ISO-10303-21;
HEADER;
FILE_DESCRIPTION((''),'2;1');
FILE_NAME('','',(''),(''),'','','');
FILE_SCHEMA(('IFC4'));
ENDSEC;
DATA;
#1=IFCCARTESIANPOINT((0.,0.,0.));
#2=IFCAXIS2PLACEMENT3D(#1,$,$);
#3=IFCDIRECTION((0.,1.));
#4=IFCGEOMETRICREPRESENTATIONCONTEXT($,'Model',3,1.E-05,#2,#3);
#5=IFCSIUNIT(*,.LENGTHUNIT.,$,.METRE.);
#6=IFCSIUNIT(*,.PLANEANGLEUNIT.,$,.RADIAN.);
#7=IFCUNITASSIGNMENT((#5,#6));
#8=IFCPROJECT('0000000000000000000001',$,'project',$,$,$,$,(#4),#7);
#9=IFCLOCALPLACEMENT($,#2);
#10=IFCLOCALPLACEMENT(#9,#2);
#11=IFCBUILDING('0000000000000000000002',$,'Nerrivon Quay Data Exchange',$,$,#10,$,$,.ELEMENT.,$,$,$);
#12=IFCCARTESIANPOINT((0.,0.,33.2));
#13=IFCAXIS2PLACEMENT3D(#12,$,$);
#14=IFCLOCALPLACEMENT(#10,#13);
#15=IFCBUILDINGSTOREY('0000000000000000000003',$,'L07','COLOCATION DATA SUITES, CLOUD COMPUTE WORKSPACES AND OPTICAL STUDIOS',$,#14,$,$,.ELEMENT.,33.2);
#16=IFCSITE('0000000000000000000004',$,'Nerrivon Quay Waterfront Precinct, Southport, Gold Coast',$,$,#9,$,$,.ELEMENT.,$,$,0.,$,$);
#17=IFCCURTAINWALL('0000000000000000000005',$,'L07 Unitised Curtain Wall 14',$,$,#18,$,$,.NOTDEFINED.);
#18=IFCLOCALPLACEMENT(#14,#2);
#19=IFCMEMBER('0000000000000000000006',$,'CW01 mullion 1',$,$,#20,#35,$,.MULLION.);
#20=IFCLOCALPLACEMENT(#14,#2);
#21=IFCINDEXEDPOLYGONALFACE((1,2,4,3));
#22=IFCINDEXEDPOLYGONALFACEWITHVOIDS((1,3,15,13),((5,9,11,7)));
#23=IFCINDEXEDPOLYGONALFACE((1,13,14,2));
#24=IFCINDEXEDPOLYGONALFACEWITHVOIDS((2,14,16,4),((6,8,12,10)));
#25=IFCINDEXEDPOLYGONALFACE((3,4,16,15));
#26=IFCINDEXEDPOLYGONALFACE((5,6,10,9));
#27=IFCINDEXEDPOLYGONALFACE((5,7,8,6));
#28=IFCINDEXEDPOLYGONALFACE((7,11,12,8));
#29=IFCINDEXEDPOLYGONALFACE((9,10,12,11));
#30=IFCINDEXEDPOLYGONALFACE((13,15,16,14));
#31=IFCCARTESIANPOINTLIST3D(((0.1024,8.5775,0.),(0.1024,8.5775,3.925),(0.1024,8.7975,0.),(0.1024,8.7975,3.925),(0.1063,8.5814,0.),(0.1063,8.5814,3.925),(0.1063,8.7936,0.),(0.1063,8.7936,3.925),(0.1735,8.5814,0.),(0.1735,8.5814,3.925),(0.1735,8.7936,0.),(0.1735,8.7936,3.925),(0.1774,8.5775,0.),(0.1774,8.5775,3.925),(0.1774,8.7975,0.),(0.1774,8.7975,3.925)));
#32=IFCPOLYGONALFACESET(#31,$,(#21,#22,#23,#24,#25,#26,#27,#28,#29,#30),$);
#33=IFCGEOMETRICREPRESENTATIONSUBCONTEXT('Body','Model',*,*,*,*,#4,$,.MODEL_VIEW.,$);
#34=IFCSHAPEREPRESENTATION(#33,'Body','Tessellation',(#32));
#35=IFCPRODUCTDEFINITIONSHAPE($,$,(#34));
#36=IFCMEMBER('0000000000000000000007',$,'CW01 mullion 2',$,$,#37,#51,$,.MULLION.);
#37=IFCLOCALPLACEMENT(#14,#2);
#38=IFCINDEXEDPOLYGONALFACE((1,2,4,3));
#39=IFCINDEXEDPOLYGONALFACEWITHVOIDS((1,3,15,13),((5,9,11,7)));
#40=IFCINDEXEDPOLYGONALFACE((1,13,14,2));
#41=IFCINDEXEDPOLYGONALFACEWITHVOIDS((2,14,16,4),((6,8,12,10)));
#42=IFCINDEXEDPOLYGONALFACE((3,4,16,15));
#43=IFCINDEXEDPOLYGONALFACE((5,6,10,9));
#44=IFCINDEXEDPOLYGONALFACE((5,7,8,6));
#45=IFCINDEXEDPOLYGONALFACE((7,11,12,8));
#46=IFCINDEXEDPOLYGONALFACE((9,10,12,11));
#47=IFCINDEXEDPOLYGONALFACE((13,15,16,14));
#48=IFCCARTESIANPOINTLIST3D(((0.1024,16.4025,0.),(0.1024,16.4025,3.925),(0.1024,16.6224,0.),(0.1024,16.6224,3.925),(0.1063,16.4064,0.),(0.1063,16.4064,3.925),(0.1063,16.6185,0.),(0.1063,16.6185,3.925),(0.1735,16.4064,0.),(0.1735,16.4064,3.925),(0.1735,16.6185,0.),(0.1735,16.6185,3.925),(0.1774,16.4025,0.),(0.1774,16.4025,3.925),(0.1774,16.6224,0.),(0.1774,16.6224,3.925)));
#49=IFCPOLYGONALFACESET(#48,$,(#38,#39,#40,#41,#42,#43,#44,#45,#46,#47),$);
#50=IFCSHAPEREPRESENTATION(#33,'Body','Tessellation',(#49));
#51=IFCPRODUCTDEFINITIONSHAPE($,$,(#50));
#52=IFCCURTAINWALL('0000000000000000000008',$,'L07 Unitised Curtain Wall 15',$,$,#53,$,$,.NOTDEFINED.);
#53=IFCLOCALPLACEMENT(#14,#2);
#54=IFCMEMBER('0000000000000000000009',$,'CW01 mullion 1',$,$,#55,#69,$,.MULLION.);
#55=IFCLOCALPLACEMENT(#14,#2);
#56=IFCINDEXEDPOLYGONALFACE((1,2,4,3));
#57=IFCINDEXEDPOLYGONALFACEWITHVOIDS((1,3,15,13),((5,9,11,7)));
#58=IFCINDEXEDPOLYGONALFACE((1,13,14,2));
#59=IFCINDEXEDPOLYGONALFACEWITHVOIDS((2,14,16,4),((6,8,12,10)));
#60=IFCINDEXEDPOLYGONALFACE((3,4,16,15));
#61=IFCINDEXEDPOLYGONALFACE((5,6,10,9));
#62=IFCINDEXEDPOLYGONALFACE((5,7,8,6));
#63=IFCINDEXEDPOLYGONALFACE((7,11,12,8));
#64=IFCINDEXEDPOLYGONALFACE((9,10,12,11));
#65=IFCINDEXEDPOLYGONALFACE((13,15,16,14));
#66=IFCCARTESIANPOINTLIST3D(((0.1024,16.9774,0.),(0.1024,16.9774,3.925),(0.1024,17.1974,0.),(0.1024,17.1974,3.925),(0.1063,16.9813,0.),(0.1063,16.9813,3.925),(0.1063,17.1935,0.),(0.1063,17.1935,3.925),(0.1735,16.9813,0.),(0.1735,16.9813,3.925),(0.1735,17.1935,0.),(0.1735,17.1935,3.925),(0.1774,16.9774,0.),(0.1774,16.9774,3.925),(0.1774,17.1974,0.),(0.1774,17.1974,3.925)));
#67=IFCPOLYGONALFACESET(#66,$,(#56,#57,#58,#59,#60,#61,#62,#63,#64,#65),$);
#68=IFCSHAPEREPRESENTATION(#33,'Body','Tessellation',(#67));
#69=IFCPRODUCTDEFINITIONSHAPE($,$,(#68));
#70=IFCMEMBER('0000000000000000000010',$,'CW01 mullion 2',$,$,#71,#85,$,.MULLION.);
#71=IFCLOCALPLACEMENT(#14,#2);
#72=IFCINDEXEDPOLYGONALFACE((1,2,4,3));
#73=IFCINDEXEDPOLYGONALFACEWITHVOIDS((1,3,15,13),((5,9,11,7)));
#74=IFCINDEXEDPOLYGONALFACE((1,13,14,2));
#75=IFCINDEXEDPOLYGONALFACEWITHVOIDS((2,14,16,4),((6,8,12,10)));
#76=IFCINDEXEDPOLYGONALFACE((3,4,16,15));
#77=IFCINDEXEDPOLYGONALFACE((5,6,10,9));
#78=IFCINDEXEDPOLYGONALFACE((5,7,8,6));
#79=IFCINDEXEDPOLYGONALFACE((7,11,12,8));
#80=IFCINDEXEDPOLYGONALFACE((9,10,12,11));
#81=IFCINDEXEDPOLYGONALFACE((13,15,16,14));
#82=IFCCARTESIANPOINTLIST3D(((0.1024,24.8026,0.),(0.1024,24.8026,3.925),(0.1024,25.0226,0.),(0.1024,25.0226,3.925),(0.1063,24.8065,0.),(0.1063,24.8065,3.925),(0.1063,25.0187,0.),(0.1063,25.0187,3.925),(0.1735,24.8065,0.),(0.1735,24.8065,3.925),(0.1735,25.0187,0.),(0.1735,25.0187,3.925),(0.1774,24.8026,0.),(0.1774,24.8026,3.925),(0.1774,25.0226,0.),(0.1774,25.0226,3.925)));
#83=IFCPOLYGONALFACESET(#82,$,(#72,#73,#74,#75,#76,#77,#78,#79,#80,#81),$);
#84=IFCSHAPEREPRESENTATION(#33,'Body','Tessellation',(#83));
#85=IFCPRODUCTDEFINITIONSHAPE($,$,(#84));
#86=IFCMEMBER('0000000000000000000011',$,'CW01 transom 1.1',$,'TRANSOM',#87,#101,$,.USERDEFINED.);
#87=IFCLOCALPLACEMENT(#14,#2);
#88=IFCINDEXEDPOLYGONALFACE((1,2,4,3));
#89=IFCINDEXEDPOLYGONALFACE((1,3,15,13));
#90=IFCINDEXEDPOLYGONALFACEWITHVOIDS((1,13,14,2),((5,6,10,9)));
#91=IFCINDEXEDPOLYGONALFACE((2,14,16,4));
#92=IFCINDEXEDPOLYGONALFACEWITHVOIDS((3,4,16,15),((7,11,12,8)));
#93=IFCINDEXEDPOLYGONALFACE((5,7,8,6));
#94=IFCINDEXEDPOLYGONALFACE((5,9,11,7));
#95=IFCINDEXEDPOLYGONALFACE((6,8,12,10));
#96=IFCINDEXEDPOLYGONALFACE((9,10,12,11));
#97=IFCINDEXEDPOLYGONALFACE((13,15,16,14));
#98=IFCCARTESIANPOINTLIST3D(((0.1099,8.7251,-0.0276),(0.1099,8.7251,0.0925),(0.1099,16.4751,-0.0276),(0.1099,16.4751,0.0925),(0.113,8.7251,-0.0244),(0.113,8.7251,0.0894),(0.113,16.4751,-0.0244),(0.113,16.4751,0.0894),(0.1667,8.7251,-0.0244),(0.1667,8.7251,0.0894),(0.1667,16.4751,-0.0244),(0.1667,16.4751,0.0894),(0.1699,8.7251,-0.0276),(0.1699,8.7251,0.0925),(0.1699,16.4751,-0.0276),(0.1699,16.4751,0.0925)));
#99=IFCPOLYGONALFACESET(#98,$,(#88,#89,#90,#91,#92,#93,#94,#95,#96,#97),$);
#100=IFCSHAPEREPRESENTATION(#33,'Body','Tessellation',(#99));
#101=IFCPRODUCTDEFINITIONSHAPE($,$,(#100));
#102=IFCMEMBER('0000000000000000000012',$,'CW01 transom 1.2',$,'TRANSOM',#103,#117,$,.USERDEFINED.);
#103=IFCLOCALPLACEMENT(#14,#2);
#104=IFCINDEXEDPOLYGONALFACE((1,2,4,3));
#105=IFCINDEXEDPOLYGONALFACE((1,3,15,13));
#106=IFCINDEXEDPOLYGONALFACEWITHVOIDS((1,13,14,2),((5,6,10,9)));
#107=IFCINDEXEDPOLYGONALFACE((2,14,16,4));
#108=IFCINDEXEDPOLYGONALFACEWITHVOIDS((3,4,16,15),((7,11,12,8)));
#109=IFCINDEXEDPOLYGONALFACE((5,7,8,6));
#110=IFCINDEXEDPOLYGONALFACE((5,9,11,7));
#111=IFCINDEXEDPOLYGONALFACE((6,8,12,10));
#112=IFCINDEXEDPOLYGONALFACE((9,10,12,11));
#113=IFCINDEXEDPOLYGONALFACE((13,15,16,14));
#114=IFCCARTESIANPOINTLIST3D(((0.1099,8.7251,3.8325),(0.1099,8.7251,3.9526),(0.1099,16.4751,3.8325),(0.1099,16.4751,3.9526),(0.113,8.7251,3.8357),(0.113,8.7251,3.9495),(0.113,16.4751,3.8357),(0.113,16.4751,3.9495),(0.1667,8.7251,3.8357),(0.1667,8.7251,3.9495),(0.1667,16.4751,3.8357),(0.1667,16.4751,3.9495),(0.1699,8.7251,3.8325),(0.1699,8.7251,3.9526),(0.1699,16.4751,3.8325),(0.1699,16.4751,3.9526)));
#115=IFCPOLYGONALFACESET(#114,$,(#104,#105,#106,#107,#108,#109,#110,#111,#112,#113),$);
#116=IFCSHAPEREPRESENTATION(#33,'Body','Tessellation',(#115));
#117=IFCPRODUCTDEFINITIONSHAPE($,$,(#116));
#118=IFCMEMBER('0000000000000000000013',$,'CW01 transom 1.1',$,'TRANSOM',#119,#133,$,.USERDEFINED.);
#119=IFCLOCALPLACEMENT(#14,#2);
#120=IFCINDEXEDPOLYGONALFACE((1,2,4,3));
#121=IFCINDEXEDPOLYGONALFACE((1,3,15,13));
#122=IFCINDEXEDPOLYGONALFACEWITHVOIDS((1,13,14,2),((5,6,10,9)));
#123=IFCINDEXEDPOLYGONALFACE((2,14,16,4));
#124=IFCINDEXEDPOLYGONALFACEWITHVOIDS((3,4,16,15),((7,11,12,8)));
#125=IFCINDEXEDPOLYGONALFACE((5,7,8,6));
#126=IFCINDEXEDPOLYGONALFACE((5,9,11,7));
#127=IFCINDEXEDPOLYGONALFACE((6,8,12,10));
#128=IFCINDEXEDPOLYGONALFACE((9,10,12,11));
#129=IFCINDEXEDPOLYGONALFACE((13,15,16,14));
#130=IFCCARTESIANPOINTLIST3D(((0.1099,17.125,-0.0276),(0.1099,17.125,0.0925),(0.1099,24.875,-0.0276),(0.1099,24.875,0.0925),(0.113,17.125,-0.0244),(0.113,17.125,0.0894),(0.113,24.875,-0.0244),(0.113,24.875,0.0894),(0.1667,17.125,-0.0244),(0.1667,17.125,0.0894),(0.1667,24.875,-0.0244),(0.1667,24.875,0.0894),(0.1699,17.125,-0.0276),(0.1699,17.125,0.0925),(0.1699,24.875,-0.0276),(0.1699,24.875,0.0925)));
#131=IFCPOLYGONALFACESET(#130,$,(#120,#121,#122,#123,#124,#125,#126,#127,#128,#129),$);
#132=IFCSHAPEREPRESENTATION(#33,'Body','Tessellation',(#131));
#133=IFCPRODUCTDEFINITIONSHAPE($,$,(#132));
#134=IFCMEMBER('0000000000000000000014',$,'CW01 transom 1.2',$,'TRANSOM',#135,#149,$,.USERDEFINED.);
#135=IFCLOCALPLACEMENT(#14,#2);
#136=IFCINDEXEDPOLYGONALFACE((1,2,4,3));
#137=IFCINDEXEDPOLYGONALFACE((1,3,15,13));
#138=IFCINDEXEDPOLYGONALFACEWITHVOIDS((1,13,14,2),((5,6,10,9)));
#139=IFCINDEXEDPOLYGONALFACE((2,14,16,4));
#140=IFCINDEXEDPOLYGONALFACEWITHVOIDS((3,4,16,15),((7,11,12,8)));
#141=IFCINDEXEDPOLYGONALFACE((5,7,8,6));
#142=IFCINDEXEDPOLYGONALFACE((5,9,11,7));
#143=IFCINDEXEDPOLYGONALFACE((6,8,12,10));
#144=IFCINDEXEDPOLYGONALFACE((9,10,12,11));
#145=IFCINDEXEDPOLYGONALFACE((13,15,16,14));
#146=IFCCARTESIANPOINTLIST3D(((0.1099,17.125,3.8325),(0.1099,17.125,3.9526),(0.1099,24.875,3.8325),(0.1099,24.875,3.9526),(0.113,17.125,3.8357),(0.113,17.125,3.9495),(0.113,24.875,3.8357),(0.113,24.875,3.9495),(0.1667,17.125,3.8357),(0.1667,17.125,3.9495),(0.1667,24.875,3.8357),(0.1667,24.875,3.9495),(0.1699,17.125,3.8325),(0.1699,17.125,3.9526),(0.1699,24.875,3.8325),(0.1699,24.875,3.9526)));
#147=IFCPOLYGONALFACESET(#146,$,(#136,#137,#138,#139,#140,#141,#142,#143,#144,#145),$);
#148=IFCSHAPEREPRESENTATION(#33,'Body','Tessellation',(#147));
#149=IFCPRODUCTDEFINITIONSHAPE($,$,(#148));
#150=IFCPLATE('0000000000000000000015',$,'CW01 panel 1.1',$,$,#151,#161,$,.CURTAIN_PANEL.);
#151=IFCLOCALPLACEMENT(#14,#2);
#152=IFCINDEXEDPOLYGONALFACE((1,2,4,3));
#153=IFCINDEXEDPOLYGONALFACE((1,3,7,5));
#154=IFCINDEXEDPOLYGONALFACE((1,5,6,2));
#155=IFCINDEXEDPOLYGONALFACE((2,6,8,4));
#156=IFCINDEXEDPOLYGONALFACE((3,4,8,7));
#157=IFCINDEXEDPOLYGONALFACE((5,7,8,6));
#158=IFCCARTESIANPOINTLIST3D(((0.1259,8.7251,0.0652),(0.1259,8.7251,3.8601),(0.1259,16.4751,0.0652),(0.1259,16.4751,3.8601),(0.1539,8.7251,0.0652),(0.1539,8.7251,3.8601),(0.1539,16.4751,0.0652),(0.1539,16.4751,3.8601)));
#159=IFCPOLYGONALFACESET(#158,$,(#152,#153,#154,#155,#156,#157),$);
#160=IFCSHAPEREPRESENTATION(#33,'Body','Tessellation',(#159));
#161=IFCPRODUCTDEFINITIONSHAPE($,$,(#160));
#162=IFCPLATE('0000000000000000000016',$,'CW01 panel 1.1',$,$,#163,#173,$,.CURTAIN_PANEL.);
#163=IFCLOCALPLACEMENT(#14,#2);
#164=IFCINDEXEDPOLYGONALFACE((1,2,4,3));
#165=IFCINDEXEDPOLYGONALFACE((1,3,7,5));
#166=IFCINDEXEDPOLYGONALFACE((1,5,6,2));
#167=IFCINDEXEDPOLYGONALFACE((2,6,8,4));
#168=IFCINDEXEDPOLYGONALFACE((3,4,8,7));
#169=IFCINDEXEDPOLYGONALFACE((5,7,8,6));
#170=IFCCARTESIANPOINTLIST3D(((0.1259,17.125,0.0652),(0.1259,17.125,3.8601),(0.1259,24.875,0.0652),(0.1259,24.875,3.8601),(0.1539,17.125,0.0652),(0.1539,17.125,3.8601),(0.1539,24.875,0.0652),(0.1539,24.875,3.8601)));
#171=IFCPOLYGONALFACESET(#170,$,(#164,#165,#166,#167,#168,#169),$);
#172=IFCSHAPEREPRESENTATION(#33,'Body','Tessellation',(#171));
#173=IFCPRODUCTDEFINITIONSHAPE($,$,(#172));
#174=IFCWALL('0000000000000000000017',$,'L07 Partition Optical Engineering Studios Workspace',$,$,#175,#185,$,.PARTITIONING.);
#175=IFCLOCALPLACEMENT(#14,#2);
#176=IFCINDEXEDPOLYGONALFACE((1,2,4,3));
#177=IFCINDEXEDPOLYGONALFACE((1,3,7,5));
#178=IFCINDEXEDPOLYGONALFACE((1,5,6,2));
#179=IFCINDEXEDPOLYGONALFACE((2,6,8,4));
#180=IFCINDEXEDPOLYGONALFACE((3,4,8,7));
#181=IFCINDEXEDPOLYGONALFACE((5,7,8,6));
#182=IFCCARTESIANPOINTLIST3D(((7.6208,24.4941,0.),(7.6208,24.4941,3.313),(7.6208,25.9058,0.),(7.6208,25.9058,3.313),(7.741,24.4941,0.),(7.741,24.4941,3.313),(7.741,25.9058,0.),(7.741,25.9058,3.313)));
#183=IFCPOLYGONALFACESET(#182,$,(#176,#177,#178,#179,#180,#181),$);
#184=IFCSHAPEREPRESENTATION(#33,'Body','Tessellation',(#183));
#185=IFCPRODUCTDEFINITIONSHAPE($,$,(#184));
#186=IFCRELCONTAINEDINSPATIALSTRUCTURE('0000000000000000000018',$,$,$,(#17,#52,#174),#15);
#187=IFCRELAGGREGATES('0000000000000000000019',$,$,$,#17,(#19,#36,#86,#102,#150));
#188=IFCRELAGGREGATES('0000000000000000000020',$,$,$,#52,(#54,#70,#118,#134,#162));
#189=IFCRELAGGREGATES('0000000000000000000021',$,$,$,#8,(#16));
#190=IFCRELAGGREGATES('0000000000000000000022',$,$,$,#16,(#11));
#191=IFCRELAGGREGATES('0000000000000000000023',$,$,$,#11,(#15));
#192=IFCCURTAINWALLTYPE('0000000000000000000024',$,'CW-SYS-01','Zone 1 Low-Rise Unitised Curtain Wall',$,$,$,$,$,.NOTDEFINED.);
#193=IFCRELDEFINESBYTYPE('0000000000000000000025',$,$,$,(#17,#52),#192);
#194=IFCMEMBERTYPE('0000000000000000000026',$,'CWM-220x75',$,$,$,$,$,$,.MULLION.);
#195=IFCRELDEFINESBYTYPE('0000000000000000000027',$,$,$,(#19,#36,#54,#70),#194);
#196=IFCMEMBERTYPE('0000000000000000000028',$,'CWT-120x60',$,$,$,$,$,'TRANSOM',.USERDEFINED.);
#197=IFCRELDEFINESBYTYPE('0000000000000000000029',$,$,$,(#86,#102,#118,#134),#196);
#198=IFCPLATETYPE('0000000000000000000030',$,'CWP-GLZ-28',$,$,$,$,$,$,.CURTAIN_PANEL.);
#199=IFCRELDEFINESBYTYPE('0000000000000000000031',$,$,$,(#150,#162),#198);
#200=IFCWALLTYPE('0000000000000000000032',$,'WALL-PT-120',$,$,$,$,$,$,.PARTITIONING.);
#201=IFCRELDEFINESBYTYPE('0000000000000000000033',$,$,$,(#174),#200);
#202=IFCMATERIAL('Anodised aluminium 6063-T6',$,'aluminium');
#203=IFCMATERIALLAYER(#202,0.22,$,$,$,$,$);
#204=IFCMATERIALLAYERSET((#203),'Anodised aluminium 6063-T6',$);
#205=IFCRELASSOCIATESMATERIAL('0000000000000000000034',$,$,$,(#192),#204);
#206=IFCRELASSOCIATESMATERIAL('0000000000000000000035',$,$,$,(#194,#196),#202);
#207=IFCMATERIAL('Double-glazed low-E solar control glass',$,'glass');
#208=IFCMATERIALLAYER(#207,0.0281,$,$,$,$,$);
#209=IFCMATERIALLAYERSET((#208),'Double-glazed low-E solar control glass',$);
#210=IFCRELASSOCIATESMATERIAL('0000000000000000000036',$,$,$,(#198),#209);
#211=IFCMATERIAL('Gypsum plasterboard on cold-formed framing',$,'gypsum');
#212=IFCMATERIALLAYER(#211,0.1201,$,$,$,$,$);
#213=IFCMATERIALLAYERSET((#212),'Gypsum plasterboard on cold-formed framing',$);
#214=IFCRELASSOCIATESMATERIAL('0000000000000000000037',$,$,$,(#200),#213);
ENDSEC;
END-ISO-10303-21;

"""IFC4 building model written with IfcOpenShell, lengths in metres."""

from ifc_helpers import new_model, si_unit, direction, frame, frame_2d, origin, origin_2d, place, context, subcontext, project, spatial, rectangle, hollow_rectangle, extrude, material, layer, layer_set, material_profile, profile_set, type_object, element, aggregate, save


model = new_model("IFC4")

# Units and contexts
model_context = context("Model", 3, precision=1e-05, world=origin(), true_north=direction((0.0, 1.0)))
body_context = subcontext(model_context, "Body", "Model", "MODEL_VIEW")
ifc_project = project(units=[si_unit("LENGTHUNIT", "METRE"), si_unit("PLANEANGLEUNIT", "RADIAN")], contexts=[model_context])

# Site, building, storey
site_placement = place(None, origin())
site = spatial("IfcSite", under=ifc_project, at=site_placement, Name="Nerrivon Quay Waterfront Precinct, Southport, Gold Coast", CompositionType="ELEMENT", RefElevation=0.0)
building_placement = place(site_placement, origin())
building = spatial("IfcBuilding", under=site, at=building_placement, Name="Nerrivon Quay Data Exchange", CompositionType="ELEMENT")
storey_placement = place(building_placement, frame((0.0, 0.0, 33.2)))
storey = spatial("IfcBuildingStorey", under=building, at=storey_placement, Name="L07", Description="COLOCATION DATA SUITES, CLOUD COMPUTE WORKSPACES AND OPTICAL STUDIOS", CompositionType="ELEMENT", Elevation=33.2)

# Curtain walls, members
ifc_material_1 = material(Name="Anodised aluminium 6063-T6", Category="aluminium")
ifc_layer_1 = layer(ifc_material_1, 0.22)
ifc_layer_set_1 = layer_set([ifc_layer_1], Name="Anodised aluminium 6063-T6")
curtain_wall_type = type_object("IfcCurtainWallType", Name="CW-SYS-01", Description="Zone 1 Low-Rise Unitised Curtain Wall", PredefinedType="NOTDEFINED", material=ifc_layer_set_1)
curtain_wall_1_placement = place(storey_placement, origin())
curtain_wall_1 = element("IfcCurtainWall", 1, at=curtain_wall_1_placement, inside=storey, type_object=curtain_wall_type, Name="L07 Unitised Curtain Wall 14", PredefinedType="NOTDEFINED")
ifc_material_profile_1 = material_profile(ifc_material_1, hollow_rectangle(XDim=0.075, YDim=0.22, WallThickness=0.0039, at=origin_2d()), Name="ALU-MULL-220x75")
ifc_profile_set_1 = profile_set([ifc_material_profile_1], Name="Anodised aluminium 6063-T6")
member_type_1 = type_object("IfcMemberType", Name="CWM-220x75", PredefinedType="MULLION", material=ifc_profile_set_1)
member_1_placement = place(storey_placement, frame((0.1399, 8.6875, 0.0), z_axis=(0.0, 0.0, 1.0), x_axis=(-1.0, 0.0, 0.0)))
member_1 = element("IfcMember", 2, at=member_1_placement, type_object=member_type_1, Name="CW01 mullion 1", PredefinedType="MULLION", context=body_context, shape_type="SweptSolid", body=[
    extrude(hollow_rectangle(XDim=0.075, YDim=0.22, WallThickness=0.0039, at=origin_2d()), origin(), (0.0, 0.0, 1.0), 3.925),
])
member_2_placement = place(storey_placement, frame((0.1399, 16.5125, 0.0), z_axis=(0.0, 0.0, 1.0), x_axis=(-1.0, 0.0, 0.0)))
member_2 = element("IfcMember", 3, at=member_2_placement, type_object=member_type_1, Name="CW01 mullion 2", PredefinedType="MULLION", context=body_context, shape_type="SweptSolid", body=[
    extrude(hollow_rectangle(XDim=0.075, YDim=0.22, WallThickness=0.0039, at=origin_2d()), origin(), (0.0, 0.0, 1.0), 3.925),
])
curtain_wall_2_placement = place(storey_placement, origin())
curtain_wall_2 = element("IfcCurtainWall", 4, at=curtain_wall_2_placement, inside=storey, type_object=curtain_wall_type, Name="L07 Unitised Curtain Wall 15", PredefinedType="NOTDEFINED")
member_3_placement = place(storey_placement, frame((0.1399, 17.0874, 0.0), z_axis=(0.0, 0.0, 1.0), x_axis=(-1.0, 0.0, 0.0)))
member_3 = element("IfcMember", 5, at=member_3_placement, type_object=member_type_1, Name="CW01 mullion 1", PredefinedType="MULLION", context=body_context, shape_type="SweptSolid", body=[
    extrude(hollow_rectangle(XDim=0.075, YDim=0.22, WallThickness=0.0039, at=origin_2d()), origin(), (0.0, 0.0, 1.0), 3.925),
])
member_4_placement = place(storey_placement, frame((0.1399, 24.9126, 0.0), z_axis=(0.0, 0.0, 1.0), x_axis=(-1.0, 0.0, 0.0)))
member_4 = element("IfcMember", 6, at=member_4_placement, type_object=member_type_1, Name="CW01 mullion 2", PredefinedType="MULLION", context=body_context, shape_type="SweptSolid", body=[
    extrude(hollow_rectangle(XDim=0.075, YDim=0.22, WallThickness=0.0039, at=origin_2d()), origin(), (0.0, 0.0, 1.0), 3.925),
])

# Members
ifc_material_profile_2 = material_profile(ifc_material_1, hollow_rectangle(XDim=0.0601, YDim=0.1201, WallThickness=0.0032, at=origin_2d()), Name="ALU-TRAN-120x60")
ifc_profile_set_2 = profile_set([ifc_material_profile_2], Name="Anodised aluminium 6063-T6")
member_type_2 = type_object("IfcMemberType", Name="CWT-120x60", ElementType="TRANSOM", PredefinedType="USERDEFINED", material=ifc_profile_set_2)
member_5_placement = place(storey_placement, frame((0.1399, 8.7251, 0.0325), z_axis=(0.0, 1.0, 0.0), x_axis=(-1.0, 0.0, 0.0)))
member_5 = element("IfcMember", 7, at=member_5_placement, type_object=member_type_2, Name="CW01 transom 1.1", ObjectType="TRANSOM", PredefinedType="USERDEFINED", context=body_context, shape_type="SweptSolid", body=[
    extrude(hollow_rectangle(XDim=0.0601, YDim=0.1201, WallThickness=0.0032, at=origin_2d()), origin(), (0.0, 0.0, 1.0), 7.75),
])
member_6_placement = place(storey_placement, frame((0.1399, 8.7251, 3.8926), z_axis=(0.0, 1.0, 0.0), x_axis=(-1.0, 0.0, 0.0)))
member_6 = element("IfcMember", 8, at=member_6_placement, type_object=member_type_2, Name="CW01 transom 1.2", ObjectType="TRANSOM", PredefinedType="USERDEFINED", context=body_context, shape_type="SweptSolid", body=[
    extrude(hollow_rectangle(XDim=0.0601, YDim=0.1201, WallThickness=0.0032, at=origin_2d()), origin(), (0.0, 0.0, 1.0), 7.75),
])
member_7_placement = place(storey_placement, frame((0.1399, 17.125, 0.0325), z_axis=(0.0, 1.0, 0.0), x_axis=(-1.0, 0.0, 0.0)))
member_7 = element("IfcMember", 9, at=member_7_placement, type_object=member_type_2, Name="CW01 transom 1.1", ObjectType="TRANSOM", PredefinedType="USERDEFINED", context=body_context, shape_type="SweptSolid", body=[
    extrude(hollow_rectangle(XDim=0.0601, YDim=0.1201, WallThickness=0.0032, at=origin_2d()), origin(), (0.0, 0.0, 1.0), 7.75),
])
member_8_placement = place(storey_placement, frame((0.1399, 17.125, 3.8926), z_axis=(0.0, 1.0, 0.0), x_axis=(-1.0, 0.0, 0.0)))
member_8 = element("IfcMember", 10, at=member_8_placement, type_object=member_type_2, Name="CW01 transom 1.2", ObjectType="TRANSOM", PredefinedType="USERDEFINED", context=body_context, shape_type="SweptSolid", body=[
    extrude(hollow_rectangle(XDim=0.0601, YDim=0.1201, WallThickness=0.0032, at=origin_2d()), origin(), (0.0, 0.0, 1.0), 7.75),
])

# Plates
ifc_material_2 = material(Name="Double-glazed low-E solar control glass", Category="glass")
ifc_layer_2 = layer(ifc_material_2, 0.0281)
ifc_layer_set_2 = layer_set([ifc_layer_2], Name="Double-glazed low-E solar control glass")
plate_type = type_object("IfcPlateType", Name="CWP-GLZ-28", PredefinedType="CURTAIN_PANEL", material=ifc_layer_set_2)
plate_1_placement = place(storey_placement, frame((0.1399, 12.6001, 0.0652), z_axis=(0.0, 0.0, 1.0), x_axis=(0.0, 1.0, 0.0)))
plate_1 = element("IfcPlate", 11, at=plate_1_placement, type_object=plate_type, Name="CW01 panel 1.1", PredefinedType="CURTAIN_PANEL", context=body_context, shape_type="SweptSolid", body=[
    extrude(rectangle(XDim=7.75, YDim=0.0281, at=origin_2d()), origin(), (0.0, 0.0, 1.0), 3.7949),
])
aggregate(curtain_wall_1, [member_1, member_2, member_5, member_6, plate_1])
plate_2_placement = place(storey_placement, frame((0.1399, 21.0, 0.0652), z_axis=(0.0, 0.0, 1.0), x_axis=(0.0, 1.0, 0.0)))
plate_2 = element("IfcPlate", 12, at=plate_2_placement, type_object=plate_type, Name="CW01 panel 1.1", PredefinedType="CURTAIN_PANEL", context=body_context, shape_type="SweptSolid", body=[
    extrude(rectangle(XDim=7.75, YDim=0.0281, at=origin_2d()), origin(), (0.0, 0.0, 1.0), 3.7949),
])
aggregate(curtain_wall_2, [member_3, member_4, member_7, member_8, plate_2])

# Wall
ifc_material_3 = material(Name="Gypsum plasterboard on cold-formed framing", Category="gypsum")
ifc_layer_3 = layer(ifc_material_3, 0.1201)
ifc_layer_set_3 = layer_set([ifc_layer_3], Name="Gypsum plasterboard on cold-formed framing")
wall_type_1 = type_object("IfcWallType", Name="WALL-PT-120", PredefinedType="PARTITIONING", material=ifc_layer_set_3)
wall_1_placement = place(storey_placement, frame((7.6809, 24.4941, 0.0), z_axis=(0.0, 0.0, 1.0), x_axis=(0.0, 1.0, 0.0)))
element("IfcWall", 13, at=wall_1_placement, inside=storey, type_object=wall_type_1, Name="L07 Partition Optical Engineering Studios Workspace", PredefinedType="PARTITIONING", context=body_context, shape_type="SweptSolid", body=[
    extrude(rectangle(XDim=1.4116, YDim=0.1201, at=frame_2d((0.7058, 0.0))), origin(), (0.0, 0.0, 1.0), 3.313),
])

save(model, "model.ifc")
